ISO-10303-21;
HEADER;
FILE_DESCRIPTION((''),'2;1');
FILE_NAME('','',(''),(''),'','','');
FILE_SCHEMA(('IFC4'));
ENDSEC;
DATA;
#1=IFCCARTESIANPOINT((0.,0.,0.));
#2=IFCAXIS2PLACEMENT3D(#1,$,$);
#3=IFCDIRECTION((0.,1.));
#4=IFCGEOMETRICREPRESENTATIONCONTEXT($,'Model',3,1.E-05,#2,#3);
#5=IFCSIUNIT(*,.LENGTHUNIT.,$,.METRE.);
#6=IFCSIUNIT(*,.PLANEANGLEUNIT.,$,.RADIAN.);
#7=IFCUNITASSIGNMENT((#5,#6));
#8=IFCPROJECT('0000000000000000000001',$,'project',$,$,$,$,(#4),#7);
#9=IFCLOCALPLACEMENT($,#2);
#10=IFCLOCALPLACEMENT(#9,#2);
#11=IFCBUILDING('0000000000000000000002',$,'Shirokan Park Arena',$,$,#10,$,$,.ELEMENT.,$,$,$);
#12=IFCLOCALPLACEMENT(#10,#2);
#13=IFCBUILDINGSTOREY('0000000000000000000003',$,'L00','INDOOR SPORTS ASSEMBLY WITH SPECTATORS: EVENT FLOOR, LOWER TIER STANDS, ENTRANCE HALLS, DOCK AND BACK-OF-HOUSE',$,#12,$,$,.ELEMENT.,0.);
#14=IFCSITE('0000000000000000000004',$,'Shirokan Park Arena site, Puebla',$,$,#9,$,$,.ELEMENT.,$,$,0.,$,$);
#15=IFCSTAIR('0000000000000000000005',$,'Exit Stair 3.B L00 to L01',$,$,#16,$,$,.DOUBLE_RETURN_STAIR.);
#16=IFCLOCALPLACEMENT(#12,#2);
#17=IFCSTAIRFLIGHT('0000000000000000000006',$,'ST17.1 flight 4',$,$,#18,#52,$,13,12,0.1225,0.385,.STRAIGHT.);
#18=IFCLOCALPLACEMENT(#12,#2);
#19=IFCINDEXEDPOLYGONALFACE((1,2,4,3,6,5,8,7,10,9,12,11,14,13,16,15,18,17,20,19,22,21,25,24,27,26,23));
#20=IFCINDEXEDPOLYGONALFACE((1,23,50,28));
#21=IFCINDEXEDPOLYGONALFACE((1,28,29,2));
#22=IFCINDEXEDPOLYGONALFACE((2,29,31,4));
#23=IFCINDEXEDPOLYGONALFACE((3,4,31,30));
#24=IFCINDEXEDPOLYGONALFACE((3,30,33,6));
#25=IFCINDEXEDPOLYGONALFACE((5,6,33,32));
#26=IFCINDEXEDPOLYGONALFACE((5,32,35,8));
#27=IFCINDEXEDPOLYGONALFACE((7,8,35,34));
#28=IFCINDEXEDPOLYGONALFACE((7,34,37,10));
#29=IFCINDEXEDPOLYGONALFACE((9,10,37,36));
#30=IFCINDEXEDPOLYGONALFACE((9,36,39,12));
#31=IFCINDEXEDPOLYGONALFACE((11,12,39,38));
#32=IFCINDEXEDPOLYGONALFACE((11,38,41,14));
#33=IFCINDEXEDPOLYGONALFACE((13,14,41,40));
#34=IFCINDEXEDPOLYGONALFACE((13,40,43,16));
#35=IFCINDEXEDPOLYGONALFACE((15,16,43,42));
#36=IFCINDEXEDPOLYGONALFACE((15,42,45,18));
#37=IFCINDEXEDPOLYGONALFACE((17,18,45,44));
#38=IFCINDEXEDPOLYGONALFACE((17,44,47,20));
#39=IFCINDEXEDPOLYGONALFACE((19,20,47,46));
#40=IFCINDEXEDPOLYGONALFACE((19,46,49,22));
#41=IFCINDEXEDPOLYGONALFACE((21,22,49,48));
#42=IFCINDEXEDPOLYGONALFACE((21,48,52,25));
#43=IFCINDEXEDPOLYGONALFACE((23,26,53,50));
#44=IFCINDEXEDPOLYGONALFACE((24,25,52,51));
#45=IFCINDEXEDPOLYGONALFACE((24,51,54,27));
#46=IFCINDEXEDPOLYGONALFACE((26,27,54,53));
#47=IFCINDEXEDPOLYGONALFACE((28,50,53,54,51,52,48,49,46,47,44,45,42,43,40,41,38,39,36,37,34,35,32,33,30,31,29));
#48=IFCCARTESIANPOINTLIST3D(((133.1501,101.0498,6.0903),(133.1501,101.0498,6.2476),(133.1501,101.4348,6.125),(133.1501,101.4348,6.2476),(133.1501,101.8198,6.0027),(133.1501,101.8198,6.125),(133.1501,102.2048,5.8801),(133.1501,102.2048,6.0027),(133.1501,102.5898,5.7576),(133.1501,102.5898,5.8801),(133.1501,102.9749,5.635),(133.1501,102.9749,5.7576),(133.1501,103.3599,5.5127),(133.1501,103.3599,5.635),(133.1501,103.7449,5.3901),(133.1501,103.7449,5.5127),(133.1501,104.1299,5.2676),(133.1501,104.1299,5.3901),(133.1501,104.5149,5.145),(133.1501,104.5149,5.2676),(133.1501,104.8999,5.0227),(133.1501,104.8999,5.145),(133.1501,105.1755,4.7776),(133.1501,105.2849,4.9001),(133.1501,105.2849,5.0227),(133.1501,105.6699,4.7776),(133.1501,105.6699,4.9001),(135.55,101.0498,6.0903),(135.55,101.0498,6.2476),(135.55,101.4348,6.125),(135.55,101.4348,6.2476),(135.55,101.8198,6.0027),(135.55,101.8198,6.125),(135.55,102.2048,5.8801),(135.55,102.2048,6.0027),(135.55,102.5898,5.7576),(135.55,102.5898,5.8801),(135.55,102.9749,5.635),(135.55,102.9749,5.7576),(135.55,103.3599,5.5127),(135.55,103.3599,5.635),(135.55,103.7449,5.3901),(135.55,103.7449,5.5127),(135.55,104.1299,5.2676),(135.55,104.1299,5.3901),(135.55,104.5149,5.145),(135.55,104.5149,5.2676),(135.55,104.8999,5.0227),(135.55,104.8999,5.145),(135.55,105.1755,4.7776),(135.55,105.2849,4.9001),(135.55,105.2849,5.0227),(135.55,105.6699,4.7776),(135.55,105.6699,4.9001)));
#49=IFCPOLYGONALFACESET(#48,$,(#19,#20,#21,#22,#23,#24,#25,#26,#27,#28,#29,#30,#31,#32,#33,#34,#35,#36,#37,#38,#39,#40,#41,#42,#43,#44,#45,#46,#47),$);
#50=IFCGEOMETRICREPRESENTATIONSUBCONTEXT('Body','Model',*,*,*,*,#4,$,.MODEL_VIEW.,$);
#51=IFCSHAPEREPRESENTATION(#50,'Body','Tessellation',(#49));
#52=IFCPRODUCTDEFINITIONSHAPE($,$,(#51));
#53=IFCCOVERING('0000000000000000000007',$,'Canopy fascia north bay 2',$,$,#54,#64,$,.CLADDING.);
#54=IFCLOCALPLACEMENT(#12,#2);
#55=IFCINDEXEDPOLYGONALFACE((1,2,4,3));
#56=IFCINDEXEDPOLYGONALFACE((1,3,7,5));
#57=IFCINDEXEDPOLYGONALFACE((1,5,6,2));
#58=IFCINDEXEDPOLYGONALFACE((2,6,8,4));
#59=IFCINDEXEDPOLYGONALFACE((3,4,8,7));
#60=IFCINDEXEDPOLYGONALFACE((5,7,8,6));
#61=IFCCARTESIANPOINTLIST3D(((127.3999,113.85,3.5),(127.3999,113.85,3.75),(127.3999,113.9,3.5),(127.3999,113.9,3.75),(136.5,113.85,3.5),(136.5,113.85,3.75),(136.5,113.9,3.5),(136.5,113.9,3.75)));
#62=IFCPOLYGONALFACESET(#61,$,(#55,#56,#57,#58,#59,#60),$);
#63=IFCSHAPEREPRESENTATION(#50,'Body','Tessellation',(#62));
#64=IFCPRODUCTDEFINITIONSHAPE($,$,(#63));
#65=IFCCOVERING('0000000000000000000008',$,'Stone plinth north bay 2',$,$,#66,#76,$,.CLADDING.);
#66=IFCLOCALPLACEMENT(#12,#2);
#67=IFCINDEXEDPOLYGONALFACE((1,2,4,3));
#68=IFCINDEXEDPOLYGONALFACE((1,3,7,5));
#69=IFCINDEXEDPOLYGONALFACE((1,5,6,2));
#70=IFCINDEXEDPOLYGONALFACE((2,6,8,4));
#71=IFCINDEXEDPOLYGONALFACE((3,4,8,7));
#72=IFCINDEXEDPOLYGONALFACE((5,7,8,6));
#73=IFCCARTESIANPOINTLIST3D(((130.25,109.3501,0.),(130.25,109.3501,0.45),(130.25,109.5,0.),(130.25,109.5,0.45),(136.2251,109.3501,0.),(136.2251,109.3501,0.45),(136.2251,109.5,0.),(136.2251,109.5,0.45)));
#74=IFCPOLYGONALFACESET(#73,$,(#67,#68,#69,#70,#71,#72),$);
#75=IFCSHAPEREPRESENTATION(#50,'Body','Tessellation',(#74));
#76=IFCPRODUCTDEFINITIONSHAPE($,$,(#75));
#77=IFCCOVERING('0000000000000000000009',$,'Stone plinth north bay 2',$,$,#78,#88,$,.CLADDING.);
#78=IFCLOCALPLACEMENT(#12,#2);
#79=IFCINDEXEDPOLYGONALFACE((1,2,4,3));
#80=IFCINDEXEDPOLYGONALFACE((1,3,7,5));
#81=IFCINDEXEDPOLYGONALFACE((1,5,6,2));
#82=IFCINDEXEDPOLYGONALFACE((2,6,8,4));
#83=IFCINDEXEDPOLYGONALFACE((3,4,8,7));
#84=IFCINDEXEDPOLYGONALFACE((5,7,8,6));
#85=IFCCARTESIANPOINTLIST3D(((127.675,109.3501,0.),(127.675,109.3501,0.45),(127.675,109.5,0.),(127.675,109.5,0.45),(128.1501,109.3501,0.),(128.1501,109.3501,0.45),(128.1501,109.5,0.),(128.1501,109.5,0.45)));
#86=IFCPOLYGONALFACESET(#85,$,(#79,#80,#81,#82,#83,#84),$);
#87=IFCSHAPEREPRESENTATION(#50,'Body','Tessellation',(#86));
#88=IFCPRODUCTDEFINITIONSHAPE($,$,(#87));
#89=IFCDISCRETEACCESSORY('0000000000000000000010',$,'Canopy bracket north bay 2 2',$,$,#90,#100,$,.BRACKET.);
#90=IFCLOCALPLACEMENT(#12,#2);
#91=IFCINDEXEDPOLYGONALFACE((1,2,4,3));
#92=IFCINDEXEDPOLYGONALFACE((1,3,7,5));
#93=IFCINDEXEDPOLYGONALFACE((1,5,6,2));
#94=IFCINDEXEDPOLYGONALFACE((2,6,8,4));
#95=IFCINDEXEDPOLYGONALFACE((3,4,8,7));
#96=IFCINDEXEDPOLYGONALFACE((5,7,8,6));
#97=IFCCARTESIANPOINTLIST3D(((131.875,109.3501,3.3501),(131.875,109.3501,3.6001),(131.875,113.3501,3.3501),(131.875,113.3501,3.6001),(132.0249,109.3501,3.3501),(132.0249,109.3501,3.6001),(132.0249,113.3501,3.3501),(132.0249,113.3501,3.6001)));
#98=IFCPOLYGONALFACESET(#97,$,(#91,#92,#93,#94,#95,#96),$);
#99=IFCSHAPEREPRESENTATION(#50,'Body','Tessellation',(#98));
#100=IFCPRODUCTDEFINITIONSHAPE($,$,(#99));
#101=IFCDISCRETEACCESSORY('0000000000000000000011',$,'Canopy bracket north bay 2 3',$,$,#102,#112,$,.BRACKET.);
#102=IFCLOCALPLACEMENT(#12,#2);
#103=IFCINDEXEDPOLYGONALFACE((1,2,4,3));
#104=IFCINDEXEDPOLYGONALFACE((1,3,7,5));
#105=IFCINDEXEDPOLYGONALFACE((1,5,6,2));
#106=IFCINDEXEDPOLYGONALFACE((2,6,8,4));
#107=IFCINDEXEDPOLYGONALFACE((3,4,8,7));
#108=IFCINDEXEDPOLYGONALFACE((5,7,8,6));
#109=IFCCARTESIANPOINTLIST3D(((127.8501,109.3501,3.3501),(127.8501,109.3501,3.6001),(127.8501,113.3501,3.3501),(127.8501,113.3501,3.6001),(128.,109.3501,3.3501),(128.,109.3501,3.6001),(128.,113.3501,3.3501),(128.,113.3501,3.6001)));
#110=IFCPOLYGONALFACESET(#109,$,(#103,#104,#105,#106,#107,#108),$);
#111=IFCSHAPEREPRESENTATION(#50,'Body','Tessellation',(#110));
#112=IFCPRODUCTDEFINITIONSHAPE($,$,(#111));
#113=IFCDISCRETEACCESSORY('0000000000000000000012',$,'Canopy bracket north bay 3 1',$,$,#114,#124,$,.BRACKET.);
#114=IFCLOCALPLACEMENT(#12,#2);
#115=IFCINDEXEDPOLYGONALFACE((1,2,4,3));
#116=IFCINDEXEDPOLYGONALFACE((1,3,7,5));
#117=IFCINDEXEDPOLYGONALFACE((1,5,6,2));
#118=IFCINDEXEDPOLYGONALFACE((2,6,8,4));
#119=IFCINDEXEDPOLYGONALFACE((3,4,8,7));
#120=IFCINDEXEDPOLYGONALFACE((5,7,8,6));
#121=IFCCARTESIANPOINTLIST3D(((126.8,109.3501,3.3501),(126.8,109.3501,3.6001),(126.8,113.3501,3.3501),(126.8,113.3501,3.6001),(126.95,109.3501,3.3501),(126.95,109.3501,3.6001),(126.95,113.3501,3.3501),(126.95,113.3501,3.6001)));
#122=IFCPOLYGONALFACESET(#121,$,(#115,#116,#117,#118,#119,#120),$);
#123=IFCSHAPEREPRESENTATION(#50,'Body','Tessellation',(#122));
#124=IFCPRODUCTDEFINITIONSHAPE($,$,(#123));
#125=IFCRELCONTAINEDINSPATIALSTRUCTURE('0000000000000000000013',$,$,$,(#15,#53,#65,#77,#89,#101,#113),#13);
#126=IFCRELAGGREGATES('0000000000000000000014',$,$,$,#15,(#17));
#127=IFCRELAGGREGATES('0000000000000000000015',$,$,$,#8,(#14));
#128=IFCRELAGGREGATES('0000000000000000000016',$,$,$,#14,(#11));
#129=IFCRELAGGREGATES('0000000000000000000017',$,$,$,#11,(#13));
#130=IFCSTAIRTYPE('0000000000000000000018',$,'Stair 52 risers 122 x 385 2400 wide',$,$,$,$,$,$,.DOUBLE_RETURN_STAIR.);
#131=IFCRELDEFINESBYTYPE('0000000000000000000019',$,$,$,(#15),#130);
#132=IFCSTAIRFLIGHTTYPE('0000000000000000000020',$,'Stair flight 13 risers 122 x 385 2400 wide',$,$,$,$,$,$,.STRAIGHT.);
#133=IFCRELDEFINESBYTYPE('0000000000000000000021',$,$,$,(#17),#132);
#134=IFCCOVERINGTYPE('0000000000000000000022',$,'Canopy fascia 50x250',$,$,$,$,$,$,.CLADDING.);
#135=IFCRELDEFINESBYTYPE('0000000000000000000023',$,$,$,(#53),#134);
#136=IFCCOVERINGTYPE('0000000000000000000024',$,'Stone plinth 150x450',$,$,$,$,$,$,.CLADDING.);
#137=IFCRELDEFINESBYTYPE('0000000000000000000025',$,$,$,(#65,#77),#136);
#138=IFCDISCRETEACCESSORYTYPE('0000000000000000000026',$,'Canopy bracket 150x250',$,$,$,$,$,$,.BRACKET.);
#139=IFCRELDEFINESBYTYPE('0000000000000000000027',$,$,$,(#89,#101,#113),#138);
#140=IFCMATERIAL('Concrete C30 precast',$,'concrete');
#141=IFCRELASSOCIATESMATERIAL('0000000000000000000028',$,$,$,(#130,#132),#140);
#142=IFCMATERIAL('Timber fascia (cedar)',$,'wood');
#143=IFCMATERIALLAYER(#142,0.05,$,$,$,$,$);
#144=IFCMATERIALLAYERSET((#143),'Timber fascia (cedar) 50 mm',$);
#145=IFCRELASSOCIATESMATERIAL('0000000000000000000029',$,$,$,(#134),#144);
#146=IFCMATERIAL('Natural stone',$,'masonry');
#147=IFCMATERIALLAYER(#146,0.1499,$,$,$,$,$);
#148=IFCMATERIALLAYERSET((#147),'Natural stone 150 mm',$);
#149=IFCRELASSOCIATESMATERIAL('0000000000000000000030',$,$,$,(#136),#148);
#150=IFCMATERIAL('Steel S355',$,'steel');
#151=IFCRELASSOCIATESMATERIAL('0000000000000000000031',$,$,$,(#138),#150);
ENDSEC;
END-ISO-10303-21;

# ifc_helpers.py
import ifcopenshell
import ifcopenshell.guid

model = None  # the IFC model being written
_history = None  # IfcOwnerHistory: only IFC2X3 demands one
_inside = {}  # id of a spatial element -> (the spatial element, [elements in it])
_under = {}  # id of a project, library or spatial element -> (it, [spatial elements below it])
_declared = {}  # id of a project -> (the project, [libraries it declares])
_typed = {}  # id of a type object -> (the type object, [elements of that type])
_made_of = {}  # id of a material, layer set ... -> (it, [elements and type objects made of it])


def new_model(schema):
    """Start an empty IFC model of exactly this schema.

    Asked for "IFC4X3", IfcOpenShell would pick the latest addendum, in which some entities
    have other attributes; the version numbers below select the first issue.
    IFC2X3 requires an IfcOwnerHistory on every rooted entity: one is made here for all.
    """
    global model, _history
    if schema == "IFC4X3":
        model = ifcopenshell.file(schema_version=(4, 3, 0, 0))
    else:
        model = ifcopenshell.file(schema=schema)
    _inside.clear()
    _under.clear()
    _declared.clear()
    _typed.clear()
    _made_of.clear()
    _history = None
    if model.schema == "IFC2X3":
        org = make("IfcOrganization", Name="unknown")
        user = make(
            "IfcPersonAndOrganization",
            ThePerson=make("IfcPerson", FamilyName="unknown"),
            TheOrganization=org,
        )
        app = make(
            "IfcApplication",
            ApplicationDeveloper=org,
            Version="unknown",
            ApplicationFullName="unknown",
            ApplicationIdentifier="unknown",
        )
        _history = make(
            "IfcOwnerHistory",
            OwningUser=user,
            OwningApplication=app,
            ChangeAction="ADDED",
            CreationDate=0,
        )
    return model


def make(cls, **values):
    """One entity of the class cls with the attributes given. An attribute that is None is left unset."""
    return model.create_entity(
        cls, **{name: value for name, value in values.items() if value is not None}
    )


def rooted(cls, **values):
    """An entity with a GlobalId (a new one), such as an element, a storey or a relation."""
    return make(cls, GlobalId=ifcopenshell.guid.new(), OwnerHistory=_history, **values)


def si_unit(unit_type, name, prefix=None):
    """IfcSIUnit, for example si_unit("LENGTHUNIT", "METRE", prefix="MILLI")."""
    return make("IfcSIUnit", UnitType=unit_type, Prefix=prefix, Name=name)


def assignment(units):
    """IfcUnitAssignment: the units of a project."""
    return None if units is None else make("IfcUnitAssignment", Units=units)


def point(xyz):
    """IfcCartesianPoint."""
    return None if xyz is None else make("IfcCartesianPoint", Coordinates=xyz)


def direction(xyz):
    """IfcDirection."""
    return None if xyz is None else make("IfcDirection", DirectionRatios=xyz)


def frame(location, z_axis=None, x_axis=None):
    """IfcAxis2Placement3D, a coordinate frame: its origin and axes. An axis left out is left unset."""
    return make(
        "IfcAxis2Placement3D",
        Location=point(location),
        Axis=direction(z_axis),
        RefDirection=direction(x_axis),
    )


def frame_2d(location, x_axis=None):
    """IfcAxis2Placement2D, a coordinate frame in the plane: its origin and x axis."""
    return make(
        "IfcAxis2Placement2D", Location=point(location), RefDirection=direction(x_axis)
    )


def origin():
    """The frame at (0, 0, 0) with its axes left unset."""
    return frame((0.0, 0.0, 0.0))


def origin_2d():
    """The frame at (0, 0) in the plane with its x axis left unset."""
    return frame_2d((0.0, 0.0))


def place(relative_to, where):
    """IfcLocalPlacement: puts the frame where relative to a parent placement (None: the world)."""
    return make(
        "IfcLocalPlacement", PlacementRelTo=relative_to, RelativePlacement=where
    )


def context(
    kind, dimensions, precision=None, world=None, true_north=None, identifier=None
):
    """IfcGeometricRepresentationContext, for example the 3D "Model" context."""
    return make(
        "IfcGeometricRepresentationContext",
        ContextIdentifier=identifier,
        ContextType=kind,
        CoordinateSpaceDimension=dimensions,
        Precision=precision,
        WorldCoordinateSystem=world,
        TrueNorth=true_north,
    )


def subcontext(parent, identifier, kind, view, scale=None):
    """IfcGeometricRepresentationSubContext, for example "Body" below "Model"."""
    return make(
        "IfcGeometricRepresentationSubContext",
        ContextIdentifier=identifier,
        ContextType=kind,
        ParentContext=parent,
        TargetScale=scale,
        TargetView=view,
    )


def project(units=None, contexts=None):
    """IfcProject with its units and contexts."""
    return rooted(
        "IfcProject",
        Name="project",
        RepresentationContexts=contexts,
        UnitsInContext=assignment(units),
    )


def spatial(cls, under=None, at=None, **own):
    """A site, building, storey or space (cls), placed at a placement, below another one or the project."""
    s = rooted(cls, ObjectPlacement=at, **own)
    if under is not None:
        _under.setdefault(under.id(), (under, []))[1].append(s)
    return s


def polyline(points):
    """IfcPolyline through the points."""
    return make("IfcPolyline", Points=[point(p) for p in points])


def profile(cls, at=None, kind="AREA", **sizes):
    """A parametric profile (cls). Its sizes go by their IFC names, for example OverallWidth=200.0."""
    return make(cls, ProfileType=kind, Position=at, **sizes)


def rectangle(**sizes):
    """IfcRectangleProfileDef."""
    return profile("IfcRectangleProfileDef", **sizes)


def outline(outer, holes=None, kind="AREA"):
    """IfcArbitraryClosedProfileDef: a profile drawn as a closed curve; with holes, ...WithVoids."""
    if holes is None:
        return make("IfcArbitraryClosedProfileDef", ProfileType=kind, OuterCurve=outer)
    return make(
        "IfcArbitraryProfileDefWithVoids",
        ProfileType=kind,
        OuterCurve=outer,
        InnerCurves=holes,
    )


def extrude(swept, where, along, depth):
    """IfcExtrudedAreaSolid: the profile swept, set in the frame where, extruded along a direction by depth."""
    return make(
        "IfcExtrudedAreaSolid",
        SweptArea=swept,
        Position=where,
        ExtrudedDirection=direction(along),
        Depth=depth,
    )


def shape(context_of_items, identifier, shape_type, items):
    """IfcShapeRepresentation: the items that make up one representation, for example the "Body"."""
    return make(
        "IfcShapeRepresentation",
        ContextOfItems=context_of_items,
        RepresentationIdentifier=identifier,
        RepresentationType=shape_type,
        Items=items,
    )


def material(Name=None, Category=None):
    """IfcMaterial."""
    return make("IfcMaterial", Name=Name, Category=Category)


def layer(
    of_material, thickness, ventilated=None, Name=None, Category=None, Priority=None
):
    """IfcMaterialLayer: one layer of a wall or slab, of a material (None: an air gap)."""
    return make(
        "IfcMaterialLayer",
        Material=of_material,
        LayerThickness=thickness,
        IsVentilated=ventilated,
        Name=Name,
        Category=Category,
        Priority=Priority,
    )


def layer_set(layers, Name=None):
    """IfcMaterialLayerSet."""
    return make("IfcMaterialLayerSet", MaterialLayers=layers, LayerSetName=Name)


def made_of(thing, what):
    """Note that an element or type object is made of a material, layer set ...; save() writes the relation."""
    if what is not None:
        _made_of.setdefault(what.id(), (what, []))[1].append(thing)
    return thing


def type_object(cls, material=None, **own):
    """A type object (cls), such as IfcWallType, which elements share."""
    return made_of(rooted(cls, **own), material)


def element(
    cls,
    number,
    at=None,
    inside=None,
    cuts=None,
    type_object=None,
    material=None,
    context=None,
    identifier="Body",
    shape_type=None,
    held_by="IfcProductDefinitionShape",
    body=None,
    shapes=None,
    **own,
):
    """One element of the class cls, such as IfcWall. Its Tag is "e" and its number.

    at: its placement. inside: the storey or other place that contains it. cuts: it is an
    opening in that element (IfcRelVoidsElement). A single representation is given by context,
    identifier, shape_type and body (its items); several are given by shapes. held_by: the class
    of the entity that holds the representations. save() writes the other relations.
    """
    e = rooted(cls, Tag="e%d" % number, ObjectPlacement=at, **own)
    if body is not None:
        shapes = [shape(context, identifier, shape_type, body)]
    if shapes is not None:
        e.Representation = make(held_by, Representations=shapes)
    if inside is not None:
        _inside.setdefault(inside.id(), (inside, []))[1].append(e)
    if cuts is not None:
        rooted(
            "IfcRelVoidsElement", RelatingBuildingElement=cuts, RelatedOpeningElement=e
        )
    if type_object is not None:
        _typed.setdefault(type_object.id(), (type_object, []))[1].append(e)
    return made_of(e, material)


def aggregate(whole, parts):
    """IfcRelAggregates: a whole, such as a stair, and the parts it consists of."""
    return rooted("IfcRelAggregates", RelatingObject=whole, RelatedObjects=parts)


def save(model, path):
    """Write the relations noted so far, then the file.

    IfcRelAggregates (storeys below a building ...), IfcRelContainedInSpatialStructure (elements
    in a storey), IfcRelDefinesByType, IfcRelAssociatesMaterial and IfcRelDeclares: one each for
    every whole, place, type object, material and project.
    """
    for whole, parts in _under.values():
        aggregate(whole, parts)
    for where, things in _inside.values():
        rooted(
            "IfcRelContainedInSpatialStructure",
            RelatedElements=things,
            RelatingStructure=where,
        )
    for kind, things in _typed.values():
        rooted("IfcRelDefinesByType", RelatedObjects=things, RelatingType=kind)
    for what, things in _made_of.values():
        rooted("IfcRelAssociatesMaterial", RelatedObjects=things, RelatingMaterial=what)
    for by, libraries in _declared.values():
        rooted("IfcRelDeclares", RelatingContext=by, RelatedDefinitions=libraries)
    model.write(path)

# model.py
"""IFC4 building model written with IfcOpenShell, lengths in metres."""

from ifc_helpers import new_model, si_unit, direction, frame, origin, origin_2d, place, context, subcontext, project, spatial, polyline, rectangle, outline, extrude, material, layer, layer_set, type_object, element, aggregate, save


model = new_model("IFC4")

# Units and contexts
model_context = context("Model", 3, precision=1e-05, world=origin(), true_north=direction((0.0, 1.0)))
body_context = subcontext(model_context, "Body", "Model", "MODEL_VIEW")
ifc_project = project(units=[si_unit("LENGTHUNIT", "METRE"), si_unit("PLANEANGLEUNIT", "RADIAN")], contexts=[model_context])

# Site, building, storey
site_placement = place(None, origin())
site = spatial("IfcSite", under=ifc_project, at=site_placement, Name="Shirokan Park Arena site, Puebla", CompositionType="ELEMENT", RefElevation=0.0)
building_placement = place(site_placement, origin())
building = spatial("IfcBuilding", under=site, at=building_placement, Name="Shirokan Park Arena", CompositionType="ELEMENT")
storey_placement = place(building_placement, origin())
storey = spatial("IfcBuildingStorey", under=building, at=storey_placement, Name="L00", Description="INDOOR SPORTS ASSEMBLY WITH SPECTATORS: EVENT FLOOR, LOWER TIER STANDS, ENTRANCE HALLS, DOCK AND BACK-OF-HOUSE", CompositionType="ELEMENT", Elevation=0.0)

# Shared definitions
ifc_material_1 = material(Name="Steel S355", Category="steel")

# Stair, stair flight
ifc_material_2 = material(Name="Concrete C30 precast", Category="concrete")
stair_type = type_object("IfcStairType", Name="Stair 52 risers 122 x 385 2400 wide", PredefinedType="DOUBLE_RETURN_STAIR", material=ifc_material_2)
stair_placement = place(storey_placement, origin())
stair = element("IfcStair", 1, at=stair_placement, inside=storey, type_object=stair_type, Name="Exit Stair 3.B L00 to L01", PredefinedType="DOUBLE_RETURN_STAIR")
stair_flight_type = type_object("IfcStairFlightType", Name="Stair flight 13 risers 122 x 385 2400 wide", PredefinedType="STRAIGHT", material=ifc_material_2)
stair_flight_1_placement = place(storey_placement, frame((134.3501, 105.6699, 4.7776), z_axis=(0.0, 0.0, 1.0), x_axis=(0.0, -1.0, 0.0)))
stair_flight_1 = element("IfcStairFlight", 2, at=stair_flight_1_placement, type_object=stair_flight_type, Name="ST17.1 flight 4", NumberOfRisers=13, NumberOfTreads=12, PredefinedType="STRAIGHT", RiserHeight=0.1225, TreadLength=0.385, context=body_context, shape_type="SweptSolid", body=[
    extrude(outline(polyline([(0.0, 0.0), (0.0, 0.1226), (0.385, 0.1226), (0.385, 0.2451), (0.77, 0.2451), (0.77, 0.3674), (1.155, 0.3674), (1.155, 0.49), (1.54, 0.49), (1.54, 0.6125), (1.925, 0.6125), (1.925, 0.7351), (2.3101, 0.7351), (2.3101, 0.8574), (2.6951, 0.8574), (2.6951, 0.98), (3.0801, 0.98), (3.0801, 1.1025), (3.4651, 1.1025), (3.4651, 1.2251), (3.8501, 1.2251), (3.8501, 1.3474), (4.2351, 1.3474), (4.2351, 1.47), (4.6201, 1.47), (4.6201, 1.5925), (4.6201, 1.3127), (0.4944, 0.0), (0.0, 0.0)])), frame((0.0, 1.2, 0.0), z_axis=(0.0, -1.0, 0.0), x_axis=(1.0, 0.0, 0.0)), (0.0, 0.0, 1.0), 2.3999),
])
aggregate(stair, [stair_flight_1])

# Covering
ifc_material_3 = material(Name="Timber fascia (cedar)", Category="wood")
ifc_layer_1 = layer(ifc_material_3, 0.05)
ifc_layer_set_1 = layer_set([ifc_layer_1], Name="Timber fascia (cedar) 50 mm")
covering_type_1 = type_object("IfcCoveringType", Name="Canopy fascia 50x250", PredefinedType="CLADDING", material=ifc_layer_set_1)
covering_1_placement = place(storey_placement, frame((131.95, 113.875, 3.5), z_axis=(0.0, 0.0, 1.0), x_axis=(-1.0, 0.0, 0.0)))
element("IfcCovering", 3, at=covering_1_placement, inside=storey, type_object=covering_type_1, Name="Canopy fascia north bay 2", PredefinedType="CLADDING", context=body_context, shape_type="SweptSolid", body=[
    extrude(rectangle(XDim=9.1001, YDim=0.05, at=origin_2d()), origin(), (0.0, 0.0, 1.0), 0.25),
])

# Coverings
ifc_material_4 = material(Name="Natural stone", Category="masonry")
ifc_layer_2 = layer(ifc_material_4, 0.1499)
ifc_layer_set_2 = layer_set([ifc_layer_2], Name="Natural stone 150 mm")
covering_type_2 = type_object("IfcCoveringType", Name="Stone plinth 150x450", PredefinedType="CLADDING", material=ifc_layer_set_2)
covering_2_placement = place(storey_placement, frame((133.2375, 109.425, 0.0), z_axis=(0.0, 0.0, 1.0), x_axis=(-1.0, 0.0, 0.0)))
element("IfcCovering", 4, at=covering_2_placement, inside=storey, type_object=covering_type_2, Name="Stone plinth north bay 2", PredefinedType="CLADDING", context=body_context, shape_type="SweptSolid", body=[
    extrude(rectangle(XDim=5.9751, YDim=0.1499, at=origin_2d()), origin(), (0.0, 0.0, 1.0), 0.45),
])
covering_3_placement = place(storey_placement, frame((127.9126, 109.425, 0.0), z_axis=(0.0, 0.0, 1.0), x_axis=(-1.0, 0.0, 0.0)))
element("IfcCovering", 5, at=covering_3_placement, inside=storey, type_object=covering_type_2, Name="Stone plinth north bay 2", PredefinedType="CLADDING", context=body_context, shape_type="SweptSolid", body=[
    extrude(rectangle(XDim=0.4751, YDim=0.1499, at=origin_2d()), origin(), (0.0, 0.0, 1.0), 0.45),
])

# Discrete accessories
discrete_accessory_type = type_object("IfcDiscreteAccessoryType", Name="Canopy bracket 150x250", PredefinedType="BRACKET", material=ifc_material_1)
for number, where, z_axis, x_axis, name in (
    (6, (131.95, 111.3501, 3.3501), (0.0, 0.0, 1.0), (-1.0, 0.0, 0.0), "Canopy bracket north bay 2 2"),
    (7, (127.925, 111.3501, 3.3501), (0.0, 0.0, 1.0), (-1.0, 0.0, 0.0), "Canopy bracket north bay 2 3"),
    (8, (126.875, 111.3501, 3.3501), (0.0, 0.0, 1.0), (-1.0, 0.0, 0.0), "Canopy bracket north bay 3 1"),
):
    element("IfcDiscreteAccessory", number, at=place(storey_placement, frame(where, z_axis=z_axis, x_axis=x_axis)), inside=storey, type_object=discrete_accessory_type, Name=name, PredefinedType="BRACKET", context=body_context, shape_type="SweptSolid", body=[
        extrude(rectangle(XDim=0.1499, YDim=4.0, at=origin_2d()), origin(), (0.0, 0.0, 1.0), 0.25),
    ])

save(model, "model.ifc")
